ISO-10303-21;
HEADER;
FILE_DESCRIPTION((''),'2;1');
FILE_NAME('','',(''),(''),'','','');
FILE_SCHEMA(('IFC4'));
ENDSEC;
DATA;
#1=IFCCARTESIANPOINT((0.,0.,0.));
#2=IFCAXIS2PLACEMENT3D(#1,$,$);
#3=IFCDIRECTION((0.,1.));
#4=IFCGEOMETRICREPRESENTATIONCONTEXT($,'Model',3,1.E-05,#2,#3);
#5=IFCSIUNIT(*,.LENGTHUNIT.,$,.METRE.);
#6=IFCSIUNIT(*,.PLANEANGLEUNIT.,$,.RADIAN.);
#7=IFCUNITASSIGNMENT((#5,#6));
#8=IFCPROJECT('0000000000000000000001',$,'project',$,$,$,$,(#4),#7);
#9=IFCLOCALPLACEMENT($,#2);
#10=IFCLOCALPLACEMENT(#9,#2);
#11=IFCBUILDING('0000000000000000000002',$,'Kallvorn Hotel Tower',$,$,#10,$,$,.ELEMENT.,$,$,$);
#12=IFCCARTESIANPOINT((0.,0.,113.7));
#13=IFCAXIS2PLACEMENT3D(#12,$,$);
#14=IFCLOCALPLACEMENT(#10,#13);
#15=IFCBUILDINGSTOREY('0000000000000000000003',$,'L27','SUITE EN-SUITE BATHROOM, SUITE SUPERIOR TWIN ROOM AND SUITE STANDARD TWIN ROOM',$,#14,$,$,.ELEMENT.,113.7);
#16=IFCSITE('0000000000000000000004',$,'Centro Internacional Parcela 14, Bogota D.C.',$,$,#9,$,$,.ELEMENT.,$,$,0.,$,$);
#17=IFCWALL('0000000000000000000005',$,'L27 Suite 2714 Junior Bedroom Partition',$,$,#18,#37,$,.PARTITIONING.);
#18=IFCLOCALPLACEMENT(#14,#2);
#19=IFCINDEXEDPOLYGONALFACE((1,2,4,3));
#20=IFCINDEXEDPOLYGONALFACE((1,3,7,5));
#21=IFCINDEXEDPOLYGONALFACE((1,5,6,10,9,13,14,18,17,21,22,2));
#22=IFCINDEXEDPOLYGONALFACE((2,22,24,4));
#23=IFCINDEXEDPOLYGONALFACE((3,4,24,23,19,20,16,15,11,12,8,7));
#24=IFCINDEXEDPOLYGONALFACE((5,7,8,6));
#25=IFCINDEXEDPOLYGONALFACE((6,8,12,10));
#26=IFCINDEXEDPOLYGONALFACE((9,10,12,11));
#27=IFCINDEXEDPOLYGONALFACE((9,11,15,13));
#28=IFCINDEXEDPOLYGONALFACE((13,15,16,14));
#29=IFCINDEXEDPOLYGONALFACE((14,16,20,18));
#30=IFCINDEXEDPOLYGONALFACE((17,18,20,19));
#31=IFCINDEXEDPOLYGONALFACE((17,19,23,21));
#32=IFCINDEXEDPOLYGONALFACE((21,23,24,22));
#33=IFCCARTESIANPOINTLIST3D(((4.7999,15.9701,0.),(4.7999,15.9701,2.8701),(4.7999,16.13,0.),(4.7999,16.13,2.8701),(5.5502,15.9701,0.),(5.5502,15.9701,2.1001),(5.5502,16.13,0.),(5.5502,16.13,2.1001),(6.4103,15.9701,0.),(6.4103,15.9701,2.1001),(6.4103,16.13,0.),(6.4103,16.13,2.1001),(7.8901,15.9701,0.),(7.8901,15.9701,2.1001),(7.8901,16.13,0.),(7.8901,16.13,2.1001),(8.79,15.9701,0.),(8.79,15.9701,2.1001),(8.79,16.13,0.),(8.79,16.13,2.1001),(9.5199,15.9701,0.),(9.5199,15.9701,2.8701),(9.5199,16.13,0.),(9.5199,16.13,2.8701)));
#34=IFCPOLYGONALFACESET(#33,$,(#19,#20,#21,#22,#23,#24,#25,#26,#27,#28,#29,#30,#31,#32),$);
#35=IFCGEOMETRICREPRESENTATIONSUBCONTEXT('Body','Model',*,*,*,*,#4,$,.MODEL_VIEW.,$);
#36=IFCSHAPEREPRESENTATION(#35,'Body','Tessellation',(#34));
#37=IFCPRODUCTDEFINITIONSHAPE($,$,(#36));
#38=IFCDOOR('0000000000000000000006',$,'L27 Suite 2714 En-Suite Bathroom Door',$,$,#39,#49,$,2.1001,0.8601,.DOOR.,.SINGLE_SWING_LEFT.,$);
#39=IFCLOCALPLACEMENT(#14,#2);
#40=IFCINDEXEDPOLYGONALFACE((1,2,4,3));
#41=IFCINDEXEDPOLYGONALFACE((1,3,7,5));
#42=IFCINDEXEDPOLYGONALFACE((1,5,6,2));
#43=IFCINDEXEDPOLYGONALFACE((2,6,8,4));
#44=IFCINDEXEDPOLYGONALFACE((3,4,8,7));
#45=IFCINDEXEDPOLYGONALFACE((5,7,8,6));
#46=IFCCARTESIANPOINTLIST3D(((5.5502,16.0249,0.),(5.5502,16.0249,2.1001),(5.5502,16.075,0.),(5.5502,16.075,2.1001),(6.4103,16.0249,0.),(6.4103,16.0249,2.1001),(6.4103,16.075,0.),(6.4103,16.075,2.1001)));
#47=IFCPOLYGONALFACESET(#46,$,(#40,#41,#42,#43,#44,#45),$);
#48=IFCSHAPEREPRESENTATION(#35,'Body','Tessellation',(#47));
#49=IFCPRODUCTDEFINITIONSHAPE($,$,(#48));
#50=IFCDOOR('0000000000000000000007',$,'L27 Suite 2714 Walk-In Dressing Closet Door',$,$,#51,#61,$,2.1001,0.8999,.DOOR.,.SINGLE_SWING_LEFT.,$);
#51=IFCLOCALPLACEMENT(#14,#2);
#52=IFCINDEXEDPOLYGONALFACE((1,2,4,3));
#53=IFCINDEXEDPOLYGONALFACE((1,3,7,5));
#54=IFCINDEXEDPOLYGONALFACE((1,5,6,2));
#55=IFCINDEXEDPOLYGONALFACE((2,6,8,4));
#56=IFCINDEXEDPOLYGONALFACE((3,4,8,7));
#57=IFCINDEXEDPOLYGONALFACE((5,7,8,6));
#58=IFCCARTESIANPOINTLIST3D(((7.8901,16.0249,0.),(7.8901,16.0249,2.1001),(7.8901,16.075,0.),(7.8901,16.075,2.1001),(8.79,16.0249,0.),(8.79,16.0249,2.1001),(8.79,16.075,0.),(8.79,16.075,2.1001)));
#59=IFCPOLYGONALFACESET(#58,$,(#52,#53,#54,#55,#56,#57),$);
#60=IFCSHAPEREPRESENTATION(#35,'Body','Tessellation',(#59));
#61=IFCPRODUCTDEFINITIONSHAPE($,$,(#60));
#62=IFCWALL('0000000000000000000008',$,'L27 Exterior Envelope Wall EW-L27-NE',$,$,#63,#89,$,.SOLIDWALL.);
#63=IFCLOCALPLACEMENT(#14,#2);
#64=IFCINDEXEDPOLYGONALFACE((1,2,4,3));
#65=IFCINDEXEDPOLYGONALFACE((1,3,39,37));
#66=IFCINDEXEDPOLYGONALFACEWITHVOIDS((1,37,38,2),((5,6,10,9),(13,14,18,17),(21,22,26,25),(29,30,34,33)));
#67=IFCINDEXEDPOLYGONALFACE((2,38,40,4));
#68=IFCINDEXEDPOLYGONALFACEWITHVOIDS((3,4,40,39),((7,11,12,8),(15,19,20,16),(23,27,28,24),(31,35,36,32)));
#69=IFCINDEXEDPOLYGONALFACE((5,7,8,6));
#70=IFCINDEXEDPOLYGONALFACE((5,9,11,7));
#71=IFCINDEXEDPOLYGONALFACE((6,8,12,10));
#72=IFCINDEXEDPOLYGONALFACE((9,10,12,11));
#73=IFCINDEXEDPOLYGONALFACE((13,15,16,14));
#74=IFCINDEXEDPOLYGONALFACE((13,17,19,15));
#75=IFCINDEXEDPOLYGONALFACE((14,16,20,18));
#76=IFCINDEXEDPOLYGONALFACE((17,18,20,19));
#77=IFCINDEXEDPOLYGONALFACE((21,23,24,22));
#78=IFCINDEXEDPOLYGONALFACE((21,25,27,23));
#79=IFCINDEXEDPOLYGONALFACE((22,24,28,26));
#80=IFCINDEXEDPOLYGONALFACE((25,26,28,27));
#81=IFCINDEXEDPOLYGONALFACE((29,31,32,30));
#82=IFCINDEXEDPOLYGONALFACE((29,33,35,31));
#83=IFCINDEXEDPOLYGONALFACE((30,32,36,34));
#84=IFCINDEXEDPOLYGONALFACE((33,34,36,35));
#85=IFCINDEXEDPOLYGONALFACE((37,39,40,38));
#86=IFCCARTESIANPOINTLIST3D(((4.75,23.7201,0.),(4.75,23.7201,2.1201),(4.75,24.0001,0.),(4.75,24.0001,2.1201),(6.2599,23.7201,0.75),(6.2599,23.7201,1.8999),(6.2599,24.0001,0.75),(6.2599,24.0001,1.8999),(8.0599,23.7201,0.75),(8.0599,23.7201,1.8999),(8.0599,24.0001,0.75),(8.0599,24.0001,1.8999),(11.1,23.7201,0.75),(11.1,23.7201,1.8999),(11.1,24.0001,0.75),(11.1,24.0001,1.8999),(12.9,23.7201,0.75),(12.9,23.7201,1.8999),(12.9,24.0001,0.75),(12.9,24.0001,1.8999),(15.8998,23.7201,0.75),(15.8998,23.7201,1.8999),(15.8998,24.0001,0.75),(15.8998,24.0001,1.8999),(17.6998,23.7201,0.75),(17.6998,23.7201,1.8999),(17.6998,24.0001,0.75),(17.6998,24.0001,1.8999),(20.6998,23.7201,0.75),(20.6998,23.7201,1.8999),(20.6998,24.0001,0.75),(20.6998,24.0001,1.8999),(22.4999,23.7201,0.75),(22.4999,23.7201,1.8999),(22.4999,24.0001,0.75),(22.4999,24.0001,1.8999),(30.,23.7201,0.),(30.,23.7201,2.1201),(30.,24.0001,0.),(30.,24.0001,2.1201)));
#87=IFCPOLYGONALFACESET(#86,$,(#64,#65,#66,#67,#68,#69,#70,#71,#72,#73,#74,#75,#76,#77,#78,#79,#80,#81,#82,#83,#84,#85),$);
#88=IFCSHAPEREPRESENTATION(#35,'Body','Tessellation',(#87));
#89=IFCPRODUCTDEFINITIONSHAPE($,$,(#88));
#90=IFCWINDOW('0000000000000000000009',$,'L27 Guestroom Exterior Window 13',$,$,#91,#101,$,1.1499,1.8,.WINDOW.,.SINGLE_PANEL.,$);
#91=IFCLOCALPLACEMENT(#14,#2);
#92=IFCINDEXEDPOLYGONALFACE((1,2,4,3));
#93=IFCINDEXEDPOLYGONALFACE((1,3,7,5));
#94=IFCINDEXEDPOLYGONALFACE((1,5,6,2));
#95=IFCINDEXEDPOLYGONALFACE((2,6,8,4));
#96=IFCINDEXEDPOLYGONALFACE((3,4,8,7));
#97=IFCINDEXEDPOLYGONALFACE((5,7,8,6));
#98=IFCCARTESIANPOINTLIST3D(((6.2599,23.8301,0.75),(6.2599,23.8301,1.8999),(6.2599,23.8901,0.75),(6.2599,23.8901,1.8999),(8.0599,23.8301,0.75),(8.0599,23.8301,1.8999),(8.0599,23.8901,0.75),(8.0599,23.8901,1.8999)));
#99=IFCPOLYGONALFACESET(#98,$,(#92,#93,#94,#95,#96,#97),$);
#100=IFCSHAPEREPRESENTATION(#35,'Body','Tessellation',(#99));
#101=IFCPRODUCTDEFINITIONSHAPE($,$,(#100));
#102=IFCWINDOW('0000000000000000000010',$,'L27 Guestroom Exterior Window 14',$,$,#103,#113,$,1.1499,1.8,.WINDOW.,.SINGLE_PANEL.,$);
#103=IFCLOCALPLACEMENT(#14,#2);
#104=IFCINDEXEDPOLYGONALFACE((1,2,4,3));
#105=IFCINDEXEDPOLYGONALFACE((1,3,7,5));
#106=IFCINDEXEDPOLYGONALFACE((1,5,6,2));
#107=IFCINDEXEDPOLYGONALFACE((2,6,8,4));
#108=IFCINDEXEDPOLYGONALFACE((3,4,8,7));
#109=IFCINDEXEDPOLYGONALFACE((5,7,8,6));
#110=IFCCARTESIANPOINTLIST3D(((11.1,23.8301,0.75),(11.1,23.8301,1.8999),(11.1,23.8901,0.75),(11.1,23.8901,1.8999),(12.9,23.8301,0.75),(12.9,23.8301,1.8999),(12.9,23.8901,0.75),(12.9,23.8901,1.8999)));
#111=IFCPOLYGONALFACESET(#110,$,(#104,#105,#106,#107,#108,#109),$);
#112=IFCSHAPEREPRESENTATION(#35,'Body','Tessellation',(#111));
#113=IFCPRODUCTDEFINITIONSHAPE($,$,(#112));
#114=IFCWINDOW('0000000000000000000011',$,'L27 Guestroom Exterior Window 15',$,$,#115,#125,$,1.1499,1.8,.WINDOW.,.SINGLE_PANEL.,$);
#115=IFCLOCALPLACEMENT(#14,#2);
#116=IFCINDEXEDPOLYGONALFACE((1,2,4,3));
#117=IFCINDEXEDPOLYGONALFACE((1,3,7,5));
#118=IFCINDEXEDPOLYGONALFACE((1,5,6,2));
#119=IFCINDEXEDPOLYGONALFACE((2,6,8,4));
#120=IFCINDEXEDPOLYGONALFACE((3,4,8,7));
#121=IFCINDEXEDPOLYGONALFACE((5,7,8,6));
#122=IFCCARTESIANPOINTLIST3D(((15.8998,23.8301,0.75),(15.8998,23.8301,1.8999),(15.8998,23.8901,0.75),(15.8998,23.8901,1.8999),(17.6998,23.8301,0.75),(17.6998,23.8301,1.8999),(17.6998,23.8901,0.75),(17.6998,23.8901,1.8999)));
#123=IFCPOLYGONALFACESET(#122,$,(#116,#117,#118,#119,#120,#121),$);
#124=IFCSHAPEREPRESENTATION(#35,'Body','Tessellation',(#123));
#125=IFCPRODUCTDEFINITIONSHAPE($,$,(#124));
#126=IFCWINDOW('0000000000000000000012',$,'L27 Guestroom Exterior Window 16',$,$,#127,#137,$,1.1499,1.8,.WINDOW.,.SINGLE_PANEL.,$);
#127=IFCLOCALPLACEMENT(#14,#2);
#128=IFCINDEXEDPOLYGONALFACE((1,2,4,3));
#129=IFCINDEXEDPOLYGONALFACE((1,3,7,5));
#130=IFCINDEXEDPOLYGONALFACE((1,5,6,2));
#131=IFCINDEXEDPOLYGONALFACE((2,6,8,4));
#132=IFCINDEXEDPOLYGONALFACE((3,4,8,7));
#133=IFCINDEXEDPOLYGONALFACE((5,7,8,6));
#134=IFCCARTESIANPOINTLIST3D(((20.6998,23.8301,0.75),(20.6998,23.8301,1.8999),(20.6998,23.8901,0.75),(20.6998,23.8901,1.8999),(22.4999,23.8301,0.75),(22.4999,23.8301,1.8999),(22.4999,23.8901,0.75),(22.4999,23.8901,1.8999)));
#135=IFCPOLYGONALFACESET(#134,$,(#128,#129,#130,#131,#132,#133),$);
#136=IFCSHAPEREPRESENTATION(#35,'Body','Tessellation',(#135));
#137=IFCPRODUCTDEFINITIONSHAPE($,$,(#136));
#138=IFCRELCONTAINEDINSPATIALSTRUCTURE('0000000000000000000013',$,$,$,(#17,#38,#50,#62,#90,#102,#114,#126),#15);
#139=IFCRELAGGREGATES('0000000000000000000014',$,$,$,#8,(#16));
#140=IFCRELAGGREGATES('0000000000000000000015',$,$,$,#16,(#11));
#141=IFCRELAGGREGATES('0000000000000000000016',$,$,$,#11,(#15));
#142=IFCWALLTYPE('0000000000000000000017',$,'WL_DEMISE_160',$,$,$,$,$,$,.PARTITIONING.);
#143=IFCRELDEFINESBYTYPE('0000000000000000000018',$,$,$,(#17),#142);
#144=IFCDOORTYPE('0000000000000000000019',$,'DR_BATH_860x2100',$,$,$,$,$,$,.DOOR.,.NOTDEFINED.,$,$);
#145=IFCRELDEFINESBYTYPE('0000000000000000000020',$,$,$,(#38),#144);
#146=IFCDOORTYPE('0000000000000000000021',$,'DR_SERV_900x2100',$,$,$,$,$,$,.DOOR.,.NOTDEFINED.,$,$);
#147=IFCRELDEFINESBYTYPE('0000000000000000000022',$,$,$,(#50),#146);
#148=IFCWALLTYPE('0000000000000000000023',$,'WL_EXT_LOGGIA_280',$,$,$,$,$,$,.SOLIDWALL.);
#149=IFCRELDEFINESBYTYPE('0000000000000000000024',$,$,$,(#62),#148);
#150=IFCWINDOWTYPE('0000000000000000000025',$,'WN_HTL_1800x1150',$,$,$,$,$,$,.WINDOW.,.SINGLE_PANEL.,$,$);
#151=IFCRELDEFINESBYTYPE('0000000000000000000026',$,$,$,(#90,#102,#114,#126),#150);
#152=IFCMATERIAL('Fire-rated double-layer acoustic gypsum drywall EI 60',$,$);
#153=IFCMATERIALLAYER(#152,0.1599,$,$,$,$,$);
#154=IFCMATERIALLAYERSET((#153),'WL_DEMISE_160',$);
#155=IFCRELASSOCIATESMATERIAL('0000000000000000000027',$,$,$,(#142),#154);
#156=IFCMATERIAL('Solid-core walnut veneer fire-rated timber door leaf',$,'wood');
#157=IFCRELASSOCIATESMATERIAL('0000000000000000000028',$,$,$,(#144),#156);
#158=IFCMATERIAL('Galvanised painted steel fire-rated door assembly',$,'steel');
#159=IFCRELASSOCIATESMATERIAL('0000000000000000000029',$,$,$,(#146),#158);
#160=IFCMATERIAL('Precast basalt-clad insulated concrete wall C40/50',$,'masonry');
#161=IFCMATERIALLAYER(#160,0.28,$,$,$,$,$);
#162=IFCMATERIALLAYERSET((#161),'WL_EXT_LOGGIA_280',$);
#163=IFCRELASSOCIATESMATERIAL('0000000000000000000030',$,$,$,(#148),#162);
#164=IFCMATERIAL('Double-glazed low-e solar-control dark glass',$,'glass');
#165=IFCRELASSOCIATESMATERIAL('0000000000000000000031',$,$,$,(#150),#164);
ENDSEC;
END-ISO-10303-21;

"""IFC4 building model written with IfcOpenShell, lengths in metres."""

from ifc_helpers import new_model, si_unit, direction, frame, frame_2d, origin, place, context, subcontext, project, spatial, rectangle, extrude, material, layer, layer_set, type_object, element, fill, save


model = new_model("IFC4")

# Units and contexts
model_context = context("Model", 3, precision=1e-05, world=origin(), true_north=direction((0.0, 1.0)))
body_context = subcontext(model_context, "Body", "Model", "MODEL_VIEW")
ifc_project = project(units=[si_unit("LENGTHUNIT", "METRE"), si_unit("PLANEANGLEUNIT", "RADIAN")], contexts=[model_context])

# Site, building, storey
site_placement = place(None, origin())
site = spatial("IfcSite", under=ifc_project, at=site_placement, Name="Centro Internacional Parcela 14, Bogota D.C.", CompositionType="ELEMENT", RefElevation=0.0)
building_placement = place(site_placement, origin())
building = spatial("IfcBuilding", under=site, at=building_placement, Name="Kallvorn Hotel Tower", CompositionType="ELEMENT")
storey_placement = place(building_placement, frame((0.0, 0.0, 113.7)))
storey = spatial("IfcBuildingStorey", under=building, at=storey_placement, Name="L27", Description="SUITE EN-SUITE BATHROOM, SUITE SUPERIOR TWIN ROOM AND SUITE STANDARD TWIN ROOM", CompositionType="ELEMENT", Elevation=113.7)

# Wall, openings, doors
ifc_material_1 = material(Name="Fire-rated double-layer acoustic gypsum drywall EI 60")
ifc_layer_1 = layer(ifc_material_1, 0.1599)
ifc_layer_set_1 = layer_set([ifc_layer_1], Name="WL_DEMISE_160")
wall_type_1 = type_object("IfcWallType", Name="WL_DEMISE_160", PredefinedType="PARTITIONING", material=ifc_layer_set_1)
wall_1_placement = place(storey_placement, frame((4.8, 16.05, 0.0), z_axis=(0.0, 0.0, 1.0), x_axis=(1.0, 0.0, 0.0)))
wall_1 = element("IfcWall", 1, at=wall_1_placement, inside=storey, type_object=wall_type_1, Name="L27 Suite 2714 Junior Bedroom Partition", PredefinedType="PARTITIONING", context=body_context, shape_type="SweptSolid", body=[
    extrude(rectangle(XDim=4.72, YDim=0.1599, at=frame_2d((2.3599, 0.0))), origin(), (0.0, 0.0, 1.0), 2.8701),
])
opening_1_placement = place(wall_1_placement, frame((0.75, 0.0, 0.0)))
opening_1 = element("IfcOpeningElement", 2, at=opening_1_placement, cuts=wall_1, PredefinedType="OPENING", context=body_context, shape_type="SweptSolid", body=[
    extrude(rectangle(XDim=0.8601, YDim=2.1001, at=frame_2d((0.4302, 1.05))), frame((0.0, 0.095, 0.0), z_axis=(0.0, -1.0, 0.0), x_axis=(1.0, 0.0, 0.0)), (0.0, 0.0, 1.0), 0.1899),
])
opening_2_placement = place(wall_1_placement, frame((3.0901, 0.0, 0.0)))
opening_2 = element("IfcOpeningElement", 3, at=opening_2_placement, cuts=wall_1, PredefinedType="OPENING", context=body_context, shape_type="SweptSolid", body=[
    extrude(rectangle(XDim=0.8999, YDim=2.1001, at=frame_2d((0.45, 1.05))), frame((0.0, 0.095, 0.0), z_axis=(0.0, -1.0, 0.0), x_axis=(1.0, 0.0, 0.0)), (0.0, 0.0, 1.0), 0.1899),
])
ifc_material_2 = material(Name="Solid-core walnut veneer fire-rated timber door leaf", Category="wood")
door_type_1 = type_object("IfcDoorType", Name="DR_BATH_860x2100", OperationType="NOTDEFINED", PredefinedType="DOOR", material=ifc_material_2)
door_1_placement = place(opening_1_placement, origin())
door_1 = element("IfcDoor", 4, at=door_1_placement, inside=storey, type_object=door_type_1, Name="L27 Suite 2714 En-Suite Bathroom Door", OperationType="SINGLE_SWING_LEFT", OverallHeight=2.1001, OverallWidth=0.8601, PredefinedType="DOOR", context=body_context, shape_type="SweptSolid", body=[
    extrude(rectangle(XDim=0.8601, YDim=2.1001, at=frame_2d((0.4302, 1.05))), frame((0.0, 0.0249, 0.0), z_axis=(0.0, -1.0, 0.0), x_axis=(1.0, 0.0, 0.0)), (0.0, 0.0, 1.0), 0.05),
])
fill(opening_1, door_1)
ifc_material_3 = material(Name="Galvanised painted steel fire-rated door assembly", Category="steel")
door_type_2 = type_object("IfcDoorType", Name="DR_SERV_900x2100", OperationType="NOTDEFINED", PredefinedType="DOOR", material=ifc_material_3)
door_2_placement = place(opening_2_placement, origin())
door_2 = element("IfcDoor", 5, at=door_2_placement, inside=storey, type_object=door_type_2, Name="L27 Suite 2714 Walk-In Dressing Closet Door", OperationType="SINGLE_SWING_LEFT", OverallHeight=2.1001, OverallWidth=0.8999, PredefinedType="DOOR", context=body_context, shape_type="SweptSolid", body=[
    extrude(rectangle(XDim=0.8999, YDim=2.1001, at=frame_2d((0.45, 1.05))), frame((0.0, 0.0249, 0.0), z_axis=(0.0, -1.0, 0.0), x_axis=(1.0, 0.0, 0.0)), (0.0, 0.0, 1.0), 0.05),
])
fill(opening_2, door_2)

# Wall, openings, windows
ifc_material_4 = material(Name="Precast basalt-clad insulated concrete wall C40/50", Category="masonry")
ifc_layer_2 = layer(ifc_material_4, 0.28)
ifc_layer_set_2 = layer_set([ifc_layer_2], Name="WL_EXT_LOGGIA_280")
wall_type_2 = type_object("IfcWallType", Name="WL_EXT_LOGGIA_280", PredefinedType="SOLIDWALL", material=ifc_layer_set_2)
wall_2_placement = place(storey_placement, frame((4.75, 23.8601, 0.0), z_axis=(0.0, 0.0, 1.0), x_axis=(1.0, 0.0, 0.0)))
wall_2 = element("IfcWall", 6, at=wall_2_placement, inside=storey, type_object=wall_type_2, Name="L27 Exterior Envelope Wall EW-L27-NE", PredefinedType="SOLIDWALL", context=body_context, shape_type="SweptSolid", body=[
    extrude(rectangle(XDim=25.25, YDim=0.28, at=frame_2d((12.625, 0.0))), origin(), (0.0, 0.0, 1.0), 2.1201),
])
opening_3_placement = place(wall_2_placement, frame((1.51, 0.0, 0.75)))
opening_3 = element("IfcOpeningElement", 7, at=opening_3_placement, cuts=wall_2, PredefinedType="OPENING", context=body_context, shape_type="SweptSolid", body=[
    extrude(rectangle(XDim=1.8, YDim=1.1499, at=frame_2d((0.8999, 0.575))), frame((0.0, 0.155, 0.0), z_axis=(0.0, -1.0, 0.0), x_axis=(1.0, 0.0, 0.0)), (0.0, 0.0, 1.0), 0.3101),
])
opening_4_placement = place(wall_2_placement, frame((6.3501, 0.0, 0.75)))
opening_4 = element("IfcOpeningElement", 8, at=opening_4_placement, cuts=wall_2, PredefinedType="OPENING", context=body_context, shape_type="SweptSolid", body=[
    extrude(rectangle(XDim=1.8, YDim=1.1499, at=frame_2d((0.8999, 0.575))), frame((0.0, 0.155, 0.0), z_axis=(0.0, -1.0, 0.0), x_axis=(1.0, 0.0, 0.0)), (0.0, 0.0, 1.0), 0.3101),
])
opening_5_placement = place(wall_2_placement, frame((11.1499, 0.0, 0.75)))
opening_5 = element("IfcOpeningElement", 9, at=opening_5_placement, cuts=wall_2, PredefinedType="OPENING", context=body_context, shape_type="SweptSolid", body=[
    extrude(rectangle(XDim=1.8, YDim=1.1499, at=frame_2d((0.8999, 0.575))), frame((0.0, 0.155, 0.0), z_axis=(0.0, -1.0, 0.0), x_axis=(1.0, 0.0, 0.0)), (0.0, 0.0, 1.0), 0.3101),
])
opening_6_placement = place(wall_2_placement, frame((15.95, 0.0, 0.75)))
opening_6 = element("IfcOpeningElement", 10, at=opening_6_placement, cuts=wall_2, PredefinedType="OPENING", context=body_context, shape_type="SweptSolid", body=[
    extrude(rectangle(XDim=1.8, YDim=1.1499, at=frame_2d((0.8999, 0.575))), frame((0.0, 0.155, 0.0), z_axis=(0.0, -1.0, 0.0), x_axis=(1.0, 0.0, 0.0)), (0.0, 0.0, 1.0), 0.3101),
])
ifc_material_5 = material(Name="Double-glazed low-e solar-control dark glass", Category="glass")
window_type = type_object("IfcWindowType", Name="WN_HTL_1800x1150", PartitioningType="SINGLE_PANEL", PredefinedType="WINDOW", material=ifc_material_5)
window_1_placement = place(opening_3_placement, origin())
window_1 = element("IfcWindow", 11, at=window_1_placement, inside=storey, type_object=window_type, Name="L27 Guestroom Exterior Window 13", OverallHeight=1.1499, OverallWidth=1.8, PartitioningType="SINGLE_PANEL", PredefinedType="WINDOW", context=body_context, shape_type="SweptSolid", body=[
    extrude(rectangle(XDim=1.8, YDim=1.1499, at=frame_2d((0.8999, 0.575))), frame((0.0, 0.03, 0.0), z_axis=(0.0, -1.0, 0.0), x_axis=(1.0, 0.0, 0.0)), (0.0, 0.0, 1.0), 0.0601),
])
fill(opening_3, window_1)
window_2_placement = place(opening_4_placement, origin())
window_2 = element("IfcWindow", 12, at=window_2_placement, inside=storey, type_object=window_type, Name="L27 Guestroom Exterior Window 14", OverallHeight=1.1499, OverallWidth=1.8, PartitioningType="SINGLE_PANEL", PredefinedType="WINDOW", context=body_context, shape_type="SweptSolid", body=[
    extrude(rectangle(XDim=1.8, YDim=1.1499, at=frame_2d((0.8999, 0.575))), frame((0.0, 0.03, 0.0), z_axis=(0.0, -1.0, 0.0), x_axis=(1.0, 0.0, 0.0)), (0.0, 0.0, 1.0), 0.0601),
])
fill(opening_4, window_2)
window_3_placement = place(opening_5_placement, origin())
window_3 = element("IfcWindow", 13, at=window_3_placement, inside=storey, type_object=window_type, Name="L27 Guestroom Exterior Window 15", OverallHeight=1.1499, OverallWidth=1.8, PartitioningType="SINGLE_PANEL", PredefinedType="WINDOW", context=body_context, shape_type="SweptSolid", body=[
    extrude(rectangle(XDim=1.8, YDim=1.1499, at=frame_2d((0.8999, 0.575))), frame((0.0, 0.03, 0.0), z_axis=(0.0, -1.0, 0.0), x_axis=(1.0, 0.0, 0.0)), (0.0, 0.0, 1.0), 0.0601),
])
fill(opening_5, window_3)
window_4_placement = place(opening_6_placement, origin())
window_4 = element("IfcWindow", 14, at=window_4_placement, inside=storey, type_object=window_type, Name="L27 Guestroom Exterior Window 16", OverallHeight=1.1499, OverallWidth=1.8, PartitioningType="SINGLE_PANEL", PredefinedType="WINDOW", context=body_context, shape_type="SweptSolid", body=[
    extrude(rectangle(XDim=1.8, YDim=1.1499, at=frame_2d((0.8999, 0.575))), frame((0.0, 0.03, 0.0), z_axis=(0.0, -1.0, 0.0), x_axis=(1.0, 0.0, 0.0)), (0.0, 0.0, 1.0), 0.0601),
])
fill(opening_6, window_4)

save(model, "model.ifc")
